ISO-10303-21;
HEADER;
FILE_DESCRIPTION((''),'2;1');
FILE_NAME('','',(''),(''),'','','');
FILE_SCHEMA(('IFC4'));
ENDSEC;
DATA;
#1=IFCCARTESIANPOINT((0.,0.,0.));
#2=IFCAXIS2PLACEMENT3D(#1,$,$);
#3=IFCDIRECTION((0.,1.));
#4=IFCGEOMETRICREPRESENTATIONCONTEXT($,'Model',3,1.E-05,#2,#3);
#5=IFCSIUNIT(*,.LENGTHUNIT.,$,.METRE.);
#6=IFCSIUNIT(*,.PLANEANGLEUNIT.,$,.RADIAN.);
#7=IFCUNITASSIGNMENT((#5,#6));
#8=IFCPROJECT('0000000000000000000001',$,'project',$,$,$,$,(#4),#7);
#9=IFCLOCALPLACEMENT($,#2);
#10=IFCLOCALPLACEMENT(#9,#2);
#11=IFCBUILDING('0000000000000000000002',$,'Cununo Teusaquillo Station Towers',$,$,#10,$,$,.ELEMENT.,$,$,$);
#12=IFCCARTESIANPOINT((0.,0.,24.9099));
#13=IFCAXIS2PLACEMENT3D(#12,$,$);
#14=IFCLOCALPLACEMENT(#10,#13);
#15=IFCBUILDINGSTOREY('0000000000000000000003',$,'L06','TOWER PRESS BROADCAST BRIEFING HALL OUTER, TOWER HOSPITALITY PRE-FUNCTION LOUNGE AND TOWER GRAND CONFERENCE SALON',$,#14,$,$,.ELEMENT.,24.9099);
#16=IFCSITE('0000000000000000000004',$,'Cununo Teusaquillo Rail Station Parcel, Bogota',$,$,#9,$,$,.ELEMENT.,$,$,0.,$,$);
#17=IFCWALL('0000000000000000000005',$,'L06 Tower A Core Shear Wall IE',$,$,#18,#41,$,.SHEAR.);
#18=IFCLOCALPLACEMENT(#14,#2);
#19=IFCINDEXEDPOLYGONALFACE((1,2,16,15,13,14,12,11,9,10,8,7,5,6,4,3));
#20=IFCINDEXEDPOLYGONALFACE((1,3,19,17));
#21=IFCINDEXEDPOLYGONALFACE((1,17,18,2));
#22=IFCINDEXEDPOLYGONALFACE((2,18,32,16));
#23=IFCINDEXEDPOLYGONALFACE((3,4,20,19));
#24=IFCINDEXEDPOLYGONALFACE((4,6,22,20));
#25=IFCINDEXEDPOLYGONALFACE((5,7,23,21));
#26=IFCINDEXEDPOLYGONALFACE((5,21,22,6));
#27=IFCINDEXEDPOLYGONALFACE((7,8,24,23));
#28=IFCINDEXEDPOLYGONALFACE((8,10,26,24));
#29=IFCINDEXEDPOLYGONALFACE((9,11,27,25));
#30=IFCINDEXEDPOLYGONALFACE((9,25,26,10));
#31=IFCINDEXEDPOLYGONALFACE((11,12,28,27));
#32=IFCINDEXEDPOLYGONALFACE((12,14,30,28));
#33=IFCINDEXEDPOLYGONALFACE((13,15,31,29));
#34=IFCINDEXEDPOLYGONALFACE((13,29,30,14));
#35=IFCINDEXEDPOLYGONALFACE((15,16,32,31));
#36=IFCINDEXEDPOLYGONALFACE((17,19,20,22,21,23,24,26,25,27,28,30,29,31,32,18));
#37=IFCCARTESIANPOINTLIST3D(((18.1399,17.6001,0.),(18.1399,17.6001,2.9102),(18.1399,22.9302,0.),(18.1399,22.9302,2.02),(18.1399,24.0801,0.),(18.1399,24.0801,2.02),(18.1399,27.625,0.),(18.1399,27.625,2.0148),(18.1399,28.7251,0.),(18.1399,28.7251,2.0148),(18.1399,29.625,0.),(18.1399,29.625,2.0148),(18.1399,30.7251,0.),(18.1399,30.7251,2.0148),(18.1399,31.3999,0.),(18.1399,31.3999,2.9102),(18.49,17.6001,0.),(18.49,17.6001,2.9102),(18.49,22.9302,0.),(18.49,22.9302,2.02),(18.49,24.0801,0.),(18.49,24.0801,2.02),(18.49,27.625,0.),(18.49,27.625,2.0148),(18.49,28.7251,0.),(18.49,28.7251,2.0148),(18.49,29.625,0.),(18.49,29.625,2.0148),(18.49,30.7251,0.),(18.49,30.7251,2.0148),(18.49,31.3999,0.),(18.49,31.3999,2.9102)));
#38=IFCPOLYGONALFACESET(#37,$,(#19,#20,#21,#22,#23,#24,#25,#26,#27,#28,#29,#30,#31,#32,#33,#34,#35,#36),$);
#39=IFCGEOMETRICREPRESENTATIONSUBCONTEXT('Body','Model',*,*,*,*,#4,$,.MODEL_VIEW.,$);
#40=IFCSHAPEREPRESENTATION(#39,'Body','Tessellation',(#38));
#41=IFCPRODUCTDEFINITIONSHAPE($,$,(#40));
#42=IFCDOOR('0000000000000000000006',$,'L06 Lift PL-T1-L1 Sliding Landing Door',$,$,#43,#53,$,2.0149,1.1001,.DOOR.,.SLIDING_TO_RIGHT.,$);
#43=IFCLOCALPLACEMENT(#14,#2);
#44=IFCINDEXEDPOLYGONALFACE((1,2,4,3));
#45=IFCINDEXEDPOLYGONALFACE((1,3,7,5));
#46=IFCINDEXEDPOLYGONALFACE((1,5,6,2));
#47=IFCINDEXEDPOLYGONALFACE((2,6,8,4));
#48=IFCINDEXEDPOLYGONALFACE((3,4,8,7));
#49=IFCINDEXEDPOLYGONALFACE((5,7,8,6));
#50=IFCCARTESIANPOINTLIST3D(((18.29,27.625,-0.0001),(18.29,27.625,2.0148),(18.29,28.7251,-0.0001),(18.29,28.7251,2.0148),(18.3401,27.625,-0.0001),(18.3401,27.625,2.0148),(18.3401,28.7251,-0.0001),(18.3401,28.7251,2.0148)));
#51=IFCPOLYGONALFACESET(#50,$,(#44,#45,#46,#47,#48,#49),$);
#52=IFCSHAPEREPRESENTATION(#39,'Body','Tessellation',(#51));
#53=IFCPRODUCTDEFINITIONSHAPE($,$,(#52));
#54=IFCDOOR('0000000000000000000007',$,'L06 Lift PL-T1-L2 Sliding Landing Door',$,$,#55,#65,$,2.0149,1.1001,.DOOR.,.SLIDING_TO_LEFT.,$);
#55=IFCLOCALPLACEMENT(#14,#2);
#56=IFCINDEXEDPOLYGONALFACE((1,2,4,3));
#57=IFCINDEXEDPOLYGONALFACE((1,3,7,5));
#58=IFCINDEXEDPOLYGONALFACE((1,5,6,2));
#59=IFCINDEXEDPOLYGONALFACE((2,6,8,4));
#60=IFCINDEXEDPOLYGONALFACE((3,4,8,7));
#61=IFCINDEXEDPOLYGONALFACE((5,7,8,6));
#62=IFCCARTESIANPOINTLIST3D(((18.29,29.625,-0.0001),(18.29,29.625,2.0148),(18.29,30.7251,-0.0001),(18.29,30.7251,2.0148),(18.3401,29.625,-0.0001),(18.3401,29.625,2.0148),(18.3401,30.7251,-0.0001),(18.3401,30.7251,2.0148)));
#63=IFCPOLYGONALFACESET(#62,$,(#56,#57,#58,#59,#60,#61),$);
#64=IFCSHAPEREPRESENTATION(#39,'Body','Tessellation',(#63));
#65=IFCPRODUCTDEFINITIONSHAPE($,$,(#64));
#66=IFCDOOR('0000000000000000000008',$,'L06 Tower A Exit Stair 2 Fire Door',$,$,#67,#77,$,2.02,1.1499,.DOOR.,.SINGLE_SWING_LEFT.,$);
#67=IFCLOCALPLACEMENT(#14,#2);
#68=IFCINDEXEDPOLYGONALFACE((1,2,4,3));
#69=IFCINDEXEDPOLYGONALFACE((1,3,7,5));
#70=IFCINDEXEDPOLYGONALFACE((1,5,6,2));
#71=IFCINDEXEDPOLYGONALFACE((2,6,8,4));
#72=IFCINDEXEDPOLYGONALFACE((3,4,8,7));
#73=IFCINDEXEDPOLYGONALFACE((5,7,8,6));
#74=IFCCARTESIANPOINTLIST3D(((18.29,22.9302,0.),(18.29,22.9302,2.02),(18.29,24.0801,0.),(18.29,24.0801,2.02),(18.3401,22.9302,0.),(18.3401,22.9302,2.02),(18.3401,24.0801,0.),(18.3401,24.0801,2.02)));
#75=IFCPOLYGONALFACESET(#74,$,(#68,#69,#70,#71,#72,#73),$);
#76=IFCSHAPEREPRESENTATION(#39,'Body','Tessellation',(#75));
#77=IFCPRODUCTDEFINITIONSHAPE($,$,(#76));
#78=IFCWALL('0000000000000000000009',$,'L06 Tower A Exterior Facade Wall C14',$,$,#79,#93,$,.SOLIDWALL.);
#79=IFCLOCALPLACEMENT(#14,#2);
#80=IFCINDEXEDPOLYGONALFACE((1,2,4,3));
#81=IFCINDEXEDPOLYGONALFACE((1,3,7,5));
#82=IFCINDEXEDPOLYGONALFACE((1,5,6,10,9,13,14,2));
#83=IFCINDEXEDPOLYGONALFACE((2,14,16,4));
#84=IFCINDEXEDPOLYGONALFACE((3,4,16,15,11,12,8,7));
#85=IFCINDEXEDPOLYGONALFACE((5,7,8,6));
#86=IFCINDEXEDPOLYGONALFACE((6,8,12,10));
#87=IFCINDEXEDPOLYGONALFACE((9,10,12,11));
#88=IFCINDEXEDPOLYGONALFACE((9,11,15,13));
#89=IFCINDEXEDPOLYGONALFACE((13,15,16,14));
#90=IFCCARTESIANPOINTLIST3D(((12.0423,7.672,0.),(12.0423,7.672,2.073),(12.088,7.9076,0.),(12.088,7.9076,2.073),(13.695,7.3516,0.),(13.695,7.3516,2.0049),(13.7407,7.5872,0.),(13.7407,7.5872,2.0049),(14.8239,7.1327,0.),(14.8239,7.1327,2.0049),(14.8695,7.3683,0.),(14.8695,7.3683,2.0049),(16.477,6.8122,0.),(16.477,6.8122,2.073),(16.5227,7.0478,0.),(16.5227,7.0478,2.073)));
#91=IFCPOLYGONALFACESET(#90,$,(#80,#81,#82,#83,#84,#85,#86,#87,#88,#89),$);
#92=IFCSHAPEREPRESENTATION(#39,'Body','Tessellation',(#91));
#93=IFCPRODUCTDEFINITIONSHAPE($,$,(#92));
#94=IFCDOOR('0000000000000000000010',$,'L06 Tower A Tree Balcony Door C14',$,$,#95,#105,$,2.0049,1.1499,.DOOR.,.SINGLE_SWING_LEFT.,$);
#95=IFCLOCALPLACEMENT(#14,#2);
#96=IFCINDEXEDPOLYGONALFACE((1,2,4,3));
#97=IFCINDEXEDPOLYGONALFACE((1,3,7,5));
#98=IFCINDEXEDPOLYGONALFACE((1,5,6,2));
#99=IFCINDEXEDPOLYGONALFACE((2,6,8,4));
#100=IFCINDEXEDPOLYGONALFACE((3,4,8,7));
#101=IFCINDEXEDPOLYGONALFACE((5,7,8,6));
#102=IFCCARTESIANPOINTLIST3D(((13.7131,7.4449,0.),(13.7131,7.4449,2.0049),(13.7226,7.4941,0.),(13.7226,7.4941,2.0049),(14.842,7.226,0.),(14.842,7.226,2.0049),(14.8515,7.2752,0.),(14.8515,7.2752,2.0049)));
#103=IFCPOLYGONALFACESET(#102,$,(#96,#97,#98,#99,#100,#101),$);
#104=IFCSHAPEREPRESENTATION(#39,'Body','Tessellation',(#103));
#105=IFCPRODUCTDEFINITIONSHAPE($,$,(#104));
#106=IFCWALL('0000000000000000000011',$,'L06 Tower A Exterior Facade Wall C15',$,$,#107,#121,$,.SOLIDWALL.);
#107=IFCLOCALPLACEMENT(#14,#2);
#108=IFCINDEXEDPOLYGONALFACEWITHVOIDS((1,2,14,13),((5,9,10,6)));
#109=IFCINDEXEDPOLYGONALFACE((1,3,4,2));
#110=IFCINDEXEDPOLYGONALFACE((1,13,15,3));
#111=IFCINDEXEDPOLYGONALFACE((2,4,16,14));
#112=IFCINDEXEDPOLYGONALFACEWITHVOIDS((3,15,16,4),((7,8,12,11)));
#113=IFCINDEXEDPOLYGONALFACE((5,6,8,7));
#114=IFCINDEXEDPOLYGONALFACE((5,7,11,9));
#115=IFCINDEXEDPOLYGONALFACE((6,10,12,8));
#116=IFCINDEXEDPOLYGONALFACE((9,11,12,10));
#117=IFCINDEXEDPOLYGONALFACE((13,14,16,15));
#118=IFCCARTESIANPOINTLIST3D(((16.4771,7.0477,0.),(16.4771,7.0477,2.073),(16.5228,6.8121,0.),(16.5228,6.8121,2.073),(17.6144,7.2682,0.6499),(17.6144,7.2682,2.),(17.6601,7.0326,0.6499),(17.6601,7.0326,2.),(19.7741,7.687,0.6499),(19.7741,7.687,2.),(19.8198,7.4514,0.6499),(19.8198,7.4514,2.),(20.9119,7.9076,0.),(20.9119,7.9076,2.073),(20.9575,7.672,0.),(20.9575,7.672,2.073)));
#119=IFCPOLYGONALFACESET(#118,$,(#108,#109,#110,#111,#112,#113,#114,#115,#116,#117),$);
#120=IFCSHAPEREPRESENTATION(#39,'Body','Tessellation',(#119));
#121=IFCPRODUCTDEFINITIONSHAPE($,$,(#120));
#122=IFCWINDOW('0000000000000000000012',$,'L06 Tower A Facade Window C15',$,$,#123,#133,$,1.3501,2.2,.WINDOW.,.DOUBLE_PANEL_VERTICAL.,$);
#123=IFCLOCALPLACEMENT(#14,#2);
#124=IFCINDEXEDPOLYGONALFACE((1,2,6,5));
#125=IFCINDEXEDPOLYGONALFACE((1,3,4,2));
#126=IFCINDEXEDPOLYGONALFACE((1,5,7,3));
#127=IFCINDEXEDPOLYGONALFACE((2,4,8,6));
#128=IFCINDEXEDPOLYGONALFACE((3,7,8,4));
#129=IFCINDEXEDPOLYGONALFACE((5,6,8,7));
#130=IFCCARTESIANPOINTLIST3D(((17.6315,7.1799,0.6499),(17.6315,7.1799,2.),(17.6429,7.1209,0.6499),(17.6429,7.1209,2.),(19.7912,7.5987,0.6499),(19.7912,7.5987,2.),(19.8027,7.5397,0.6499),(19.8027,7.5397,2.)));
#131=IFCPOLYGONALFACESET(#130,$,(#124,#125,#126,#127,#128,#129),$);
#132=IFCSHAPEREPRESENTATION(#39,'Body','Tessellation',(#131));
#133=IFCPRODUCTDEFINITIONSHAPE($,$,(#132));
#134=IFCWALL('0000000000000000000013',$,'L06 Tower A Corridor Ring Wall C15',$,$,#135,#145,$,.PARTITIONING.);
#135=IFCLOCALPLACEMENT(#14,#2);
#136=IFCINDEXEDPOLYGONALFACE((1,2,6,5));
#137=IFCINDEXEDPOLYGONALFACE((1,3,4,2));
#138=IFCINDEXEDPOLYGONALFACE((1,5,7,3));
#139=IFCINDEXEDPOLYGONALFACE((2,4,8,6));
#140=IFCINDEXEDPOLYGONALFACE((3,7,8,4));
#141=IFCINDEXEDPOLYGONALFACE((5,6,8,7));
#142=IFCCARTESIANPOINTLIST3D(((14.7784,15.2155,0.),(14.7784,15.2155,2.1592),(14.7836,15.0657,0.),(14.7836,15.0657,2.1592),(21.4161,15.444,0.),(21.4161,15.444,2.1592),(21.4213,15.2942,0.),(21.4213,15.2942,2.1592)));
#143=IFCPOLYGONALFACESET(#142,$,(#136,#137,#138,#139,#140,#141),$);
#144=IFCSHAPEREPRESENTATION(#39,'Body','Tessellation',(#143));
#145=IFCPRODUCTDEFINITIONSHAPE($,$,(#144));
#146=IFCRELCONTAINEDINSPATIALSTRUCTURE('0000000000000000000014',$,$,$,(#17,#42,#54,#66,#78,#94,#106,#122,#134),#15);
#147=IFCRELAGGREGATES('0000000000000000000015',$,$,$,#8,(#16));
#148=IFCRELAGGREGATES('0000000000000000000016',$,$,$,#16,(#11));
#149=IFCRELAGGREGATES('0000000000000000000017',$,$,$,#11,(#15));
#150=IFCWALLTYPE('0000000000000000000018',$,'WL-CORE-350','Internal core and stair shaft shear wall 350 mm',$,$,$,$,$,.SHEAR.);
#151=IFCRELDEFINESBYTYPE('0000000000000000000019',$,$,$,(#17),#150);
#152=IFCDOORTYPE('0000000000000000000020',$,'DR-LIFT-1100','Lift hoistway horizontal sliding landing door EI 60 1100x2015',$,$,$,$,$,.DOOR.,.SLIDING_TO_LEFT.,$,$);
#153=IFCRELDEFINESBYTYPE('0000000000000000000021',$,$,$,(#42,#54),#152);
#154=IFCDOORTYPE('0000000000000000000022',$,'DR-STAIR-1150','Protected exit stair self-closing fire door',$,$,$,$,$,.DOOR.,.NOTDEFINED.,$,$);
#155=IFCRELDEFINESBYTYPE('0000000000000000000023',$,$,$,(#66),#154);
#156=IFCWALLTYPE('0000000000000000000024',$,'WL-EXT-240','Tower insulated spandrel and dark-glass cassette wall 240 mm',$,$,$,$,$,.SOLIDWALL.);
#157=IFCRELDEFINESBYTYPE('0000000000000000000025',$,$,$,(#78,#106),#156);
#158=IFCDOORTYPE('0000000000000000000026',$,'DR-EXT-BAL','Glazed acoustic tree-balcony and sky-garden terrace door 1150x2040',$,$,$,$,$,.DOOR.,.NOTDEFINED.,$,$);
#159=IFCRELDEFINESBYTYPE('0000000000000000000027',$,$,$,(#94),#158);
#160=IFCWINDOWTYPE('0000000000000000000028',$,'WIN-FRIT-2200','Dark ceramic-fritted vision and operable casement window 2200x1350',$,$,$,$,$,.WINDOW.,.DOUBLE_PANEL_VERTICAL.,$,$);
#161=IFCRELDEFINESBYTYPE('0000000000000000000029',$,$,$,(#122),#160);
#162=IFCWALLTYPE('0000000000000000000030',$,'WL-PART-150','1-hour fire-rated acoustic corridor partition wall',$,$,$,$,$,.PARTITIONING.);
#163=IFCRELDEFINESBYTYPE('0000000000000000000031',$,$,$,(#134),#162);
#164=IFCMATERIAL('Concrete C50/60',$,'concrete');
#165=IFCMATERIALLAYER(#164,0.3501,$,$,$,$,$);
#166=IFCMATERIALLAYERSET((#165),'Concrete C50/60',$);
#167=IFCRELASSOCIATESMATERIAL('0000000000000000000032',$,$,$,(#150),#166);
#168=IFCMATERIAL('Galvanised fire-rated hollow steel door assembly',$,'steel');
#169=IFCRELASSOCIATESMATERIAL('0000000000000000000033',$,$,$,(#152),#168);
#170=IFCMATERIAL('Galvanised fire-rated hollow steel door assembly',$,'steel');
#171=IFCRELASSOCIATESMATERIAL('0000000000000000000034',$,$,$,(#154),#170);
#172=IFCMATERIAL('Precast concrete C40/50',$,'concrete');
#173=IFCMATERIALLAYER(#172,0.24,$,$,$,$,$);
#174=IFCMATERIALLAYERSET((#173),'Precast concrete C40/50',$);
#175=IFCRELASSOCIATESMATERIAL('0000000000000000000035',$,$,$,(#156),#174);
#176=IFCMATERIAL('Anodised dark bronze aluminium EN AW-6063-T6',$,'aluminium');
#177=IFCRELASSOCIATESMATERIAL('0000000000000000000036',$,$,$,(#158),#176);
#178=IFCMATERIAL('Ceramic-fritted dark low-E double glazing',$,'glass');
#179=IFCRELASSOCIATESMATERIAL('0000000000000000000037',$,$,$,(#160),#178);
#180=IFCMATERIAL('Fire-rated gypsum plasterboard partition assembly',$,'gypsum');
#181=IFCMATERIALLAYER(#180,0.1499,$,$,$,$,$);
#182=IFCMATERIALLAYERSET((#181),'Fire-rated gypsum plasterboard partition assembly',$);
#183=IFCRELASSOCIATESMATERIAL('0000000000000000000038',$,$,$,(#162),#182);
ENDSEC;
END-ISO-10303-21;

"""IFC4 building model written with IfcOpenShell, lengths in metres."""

from ifc_helpers import new_model, si_unit, direction, frame, frame_2d, origin, place, context, subcontext, project, spatial, rectangle, extrude, source, transform, mapped, material, layer, layer_set, type_object, element, fill, save


model = new_model("IFC4")

# Units and contexts
model_context = context("Model", 3, precision=1e-05, world=origin(), true_north=direction((0.0, 1.0)))
body_context = subcontext(model_context, "Body", "Model", "MODEL_VIEW")
ifc_project = project(units=[si_unit("LENGTHUNIT", "METRE"), si_unit("PLANEANGLEUNIT", "RADIAN")], contexts=[model_context])

# Site, building, storey
site_placement = place(None, origin())
site = spatial("IfcSite", under=ifc_project, at=site_placement, Name="Cununo Teusaquillo Rail Station Parcel, Bogota", CompositionType="ELEMENT", RefElevation=0.0)
building_placement = place(site_placement, origin())
building = spatial("IfcBuilding", under=site, at=building_placement, Name="Cununo Teusaquillo Station Towers", CompositionType="ELEMENT")
storey_placement = place(building_placement, frame((0.0, 0.0, 24.9099)))
storey = spatial("IfcBuildingStorey", under=building, at=storey_placement, Name="L06", Description="TOWER PRESS BROADCAST BRIEFING HALL OUTER, TOWER HOSPITALITY PRE-FUNCTION LOUNGE AND TOWER GRAND CONFERENCE SALON", CompositionType="ELEMENT", Elevation=24.9099)

# Wall, openings, doors
ifc_material_1 = material(Name="Concrete C50/60", Category="concrete")
ifc_layer_1 = layer(ifc_material_1, 0.3501)
ifc_layer_set_1 = layer_set([ifc_layer_1], Name="Concrete C50/60")
wall_type_1 = type_object("IfcWallType", Name="WL-CORE-350", Description="Internal core and stair shaft shear wall 350 mm", PredefinedType="SHEAR", material=ifc_layer_set_1)
shared_shape_1 = source(origin(), body_context, "Body", "SweptSolid", [
    extrude(rectangle(XDim=1.1001, YDim=2.0149, at=frame_2d((0.55, 1.0073))), frame((0.0, 0.1851, 0.0), z_axis=(0.0, -1.0, 0.0), x_axis=(1.0, 0.0, 0.0)), (0.0, 0.0, 1.0), 0.3701),
])
shared_shape_2 = source(origin(), body_context, "Body", "SweptSolid", [
    extrude(rectangle(XDim=1.1499, YDim=2.02, at=frame_2d((0.575, 1.01))), frame((0.0, 0.1851, 0.0), z_axis=(0.0, -1.0, 0.0), x_axis=(1.0, 0.0, 0.0)), (0.0, 0.0, 1.0), 0.3701),
])
ifc_material_2 = material(Name="Galvanised fire-rated hollow steel door assembly", Category="steel")
door_type_1 = type_object("IfcDoorType", Name="DR-LIFT-1100", Description="Lift hoistway horizontal sliding landing door EI 60 1100x2015", OperationType="SLIDING_TO_LEFT", PredefinedType="DOOR", material=ifc_material_2)
shared_shape_3 = source(origin(), body_context, "Body", "SweptSolid", [
    extrude(rectangle(XDim=1.1001, YDim=2.0149, at=frame_2d((0.55, 1.0073))), frame((0.0, 0.0249, 0.0), z_axis=(0.0, -1.0, 0.0), x_axis=(1.0, 0.0, 0.0)), (0.0, 0.0, 1.0), 0.05),
])
ifc_material_3 = material(Name="Galvanised fire-rated hollow steel door assembly", Category="steel")
door_type_2 = type_object("IfcDoorType", Name="DR-STAIR-1150", Description="Protected exit stair self-closing fire door", OperationType="NOTDEFINED", PredefinedType="DOOR", material=ifc_material_3)
shared_shape_4 = source(origin(), body_context, "Body", "SweptSolid", [
    extrude(rectangle(XDim=1.1499, YDim=2.02, at=frame_2d((0.575, 1.01))), frame((0.0, 0.0249, 0.0), z_axis=(0.0, -1.0, 0.0), x_axis=(1.0, 0.0, 0.0)), (0.0, 0.0, 1.0), 0.05),
])
wall_1_placement = place(storey_placement, frame((18.3149, 17.6001, 0.0), z_axis=(0.0, 0.0, 1.0), x_axis=(0.0, 1.0, 0.0)))
wall_1 = element("IfcWall", 1, at=wall_1_placement, inside=storey, type_object=wall_type_1, Name="L06 Tower A Core Shear Wall IE", PredefinedType="SHEAR", context=body_context, shape_type="SweptSolid", body=[
    extrude(rectangle(XDim=13.7998, YDim=0.3501, at=frame_2d((6.8999, 0.0))), origin(), (0.0, 0.0, 1.0), 2.9102),
])
opening_1_placement = place(wall_1_placement, frame((10.0249, 0.0, 0.0)))
opening_1 = element("IfcOpeningElement", 2, at=opening_1_placement, cuts=wall_1, PredefinedType="OPENING", context=body_context, shape_type="MappedRepresentation", body=[
    mapped(shared_shape_1, transform((0.0, 0.0, 0.0), x_axis=(1.0, 0.0, 0.0), y_axis=(0.0, 1.0, 0.0), z_axis=(0.0, 0.0, 1.0), scale=1.0)),
])
opening_2_placement = place(wall_1_placement, frame((12.0249, 0.0, 0.0)))
opening_2 = element("IfcOpeningElement", 3, at=opening_2_placement, cuts=wall_1, PredefinedType="OPENING", context=body_context, shape_type="MappedRepresentation", body=[
    mapped(shared_shape_1, transform((0.0, 0.0, 0.0), x_axis=(1.0, 0.0, 0.0), y_axis=(0.0, 1.0, 0.0), z_axis=(0.0, 0.0, 1.0), scale=1.0)),
])
opening_3_placement = place(wall_1_placement, frame((5.3301, 0.0, 0.0)))
opening_3 = element("IfcOpeningElement", 4, at=opening_3_placement, cuts=wall_1, PredefinedType="OPENING", context=body_context, shape_type="MappedRepresentation", body=[
    mapped(shared_shape_2, transform((0.0, 0.0, 0.0), x_axis=(1.0, 0.0, 0.0), y_axis=(0.0, 1.0, 0.0), z_axis=(0.0, 0.0, 1.0), scale=1.0)),
])
door_1_placement = place(opening_1_placement, origin())
door_1 = element("IfcDoor", 5, at=door_1_placement, inside=storey, type_object=door_type_1, Name="L06 Lift PL-T1-L1 Sliding Landing Door", OperationType="SLIDING_TO_RIGHT", OverallHeight=2.0149, OverallWidth=1.1001, PredefinedType="DOOR", context=body_context, shape_type="MappedRepresentation", body=[
    mapped(shared_shape_3, transform((0.0, 0.0, 0.0), x_axis=(1.0, 0.0, 0.0), y_axis=(0.0, 1.0, 0.0), z_axis=(0.0, 0.0, 1.0), scale=1.0)),
])
fill(opening_1, door_1)
door_2_placement = place(opening_2_placement, origin())
door_2 = element("IfcDoor", 6, at=door_2_placement, inside=storey, type_object=door_type_1, Name="L06 Lift PL-T1-L2 Sliding Landing Door", OperationType="SLIDING_TO_LEFT", OverallHeight=2.0149, OverallWidth=1.1001, PredefinedType="DOOR", context=body_context, shape_type="MappedRepresentation", body=[
    mapped(shared_shape_3, transform((0.0, 0.0, 0.0), x_axis=(1.0, 0.0, 0.0), y_axis=(0.0, 1.0, 0.0), z_axis=(0.0, 0.0, 1.0), scale=1.0)),
])
fill(opening_2, door_2)
door_3_placement = place(opening_3_placement, origin())
door_3 = element("IfcDoor", 7, at=door_3_placement, inside=storey, type_object=door_type_2, Name="L06 Tower A Exit Stair 2 Fire Door", OperationType="SINGLE_SWING_LEFT", OverallHeight=2.02, OverallWidth=1.1499, PredefinedType="DOOR", context=body_context, shape_type="MappedRepresentation", body=[
    mapped(shared_shape_4, transform((0.0, 0.0, 0.0), x_axis=(1.0, 0.0, 0.0), y_axis=(0.0, 1.0, 0.0), z_axis=(0.0, 0.0, 1.0), scale=1.0)),
])
fill(opening_3, door_3)

# Wall, opening, door
ifc_material_4 = material(Name="Precast concrete C40/50", Category="concrete")
ifc_layer_2 = layer(ifc_material_4, 0.24)
ifc_layer_set_2 = layer_set([ifc_layer_2], Name="Precast concrete C40/50")
wall_type_2 = type_object("IfcWallType", Name="WL-EXT-240", Description="Tower insulated spandrel and dark-glass cassette wall 240 mm", PredefinedType="SOLIDWALL", material=ifc_layer_set_2)
wall_2_placement = place(storey_placement, frame((16.5, 6.9299, 0.0), z_axis=(0.0, 0.0, 1.0), x_axis=(-0.981717, 0.190345, 0.0)))
wall_2 = element("IfcWall", 8, at=wall_2_placement, inside=storey, type_object=wall_type_2, Name="L06 Tower A Exterior Facade Wall C14", PredefinedType="SOLIDWALL", context=body_context, shape_type="SweptSolid", body=[
    extrude(rectangle(XDim=4.5173, YDim=0.24, at=frame_2d((2.2588, 0.0))), origin(), (0.0, 0.0, 1.0), 2.073),
])
shared_shape_5 = source(origin(), body_context, "Body", "SweptSolid", [
    extrude(rectangle(XDim=1.1499, YDim=2.0049, at=frame_2d((0.575, 1.0024))), frame((0.0, 0.1299, 0.0), z_axis=(0.0, -1.0, 0.0), x_axis=(1.0, 0.0, 0.0)), (0.0, 0.0, 1.0), 0.26),
])
opening_4_placement = place(wall_2_placement, frame((1.6841, 0.0, 0.0)))
opening_4 = element("IfcOpeningElement", 9, at=opening_4_placement, cuts=wall_2, PredefinedType="OPENING", context=body_context, shape_type="MappedRepresentation", body=[
    mapped(shared_shape_5, transform((0.0, 0.0, 0.0), x_axis=(1.0, 0.0, 0.0), y_axis=(0.0, 1.0, 0.0), z_axis=(0.0, 0.0, 1.0), scale=1.0)),
])
ifc_material_5 = material(Name="Anodised dark bronze aluminium EN AW-6063-T6", Category="aluminium")
door_type_3 = type_object("IfcDoorType", Name="DR-EXT-BAL", Description="Glazed acoustic tree-balcony and sky-garden terrace door 1150x2040", OperationType="NOTDEFINED", PredefinedType="DOOR", material=ifc_material_5)
shared_shape_6 = source(origin(), body_context, "Body", "SweptSolid", [
    extrude(rectangle(XDim=1.1499, YDim=2.0049, at=frame_2d((0.575, 1.0024))), frame((0.0, 0.0249, 0.0), z_axis=(0.0, -1.0, 0.0), x_axis=(1.0, 0.0, 0.0)), (0.0, 0.0, 1.0), 0.05),
])
door_4_placement = place(opening_4_placement, origin())
door_4 = element("IfcDoor", 10, at=door_4_placement, inside=storey, type_object=door_type_3, Name="L06 Tower A Tree Balcony Door C14", OperationType="SINGLE_SWING_LEFT", OverallHeight=2.0049, OverallWidth=1.1499, PredefinedType="DOOR", context=body_context, shape_type="MappedRepresentation", body=[
    mapped(shared_shape_6, transform((0.0, 0.0, 0.0), x_axis=(1.0, 0.0, 0.0), y_axis=(0.0, 1.0, 0.0), z_axis=(0.0, 0.0, 1.0), scale=1.0)),
])
fill(opening_4, door_4)

# Wall, opening, window
wall_3_placement = place(storey_placement, frame((20.9348, 7.7898, 0.0), z_axis=(0.0, 0.0, 1.0), x_axis=(-0.981717, -0.190345, 0.0)))
wall_3 = element("IfcWall", 11, at=wall_3_placement, inside=storey, type_object=wall_type_2, Name="L06 Tower A Exterior Facade Wall C15", PredefinedType="SOLIDWALL", context=body_context, shape_type="SweptSolid", body=[
    extrude(rectangle(XDim=4.5173, YDim=0.24, at=frame_2d((2.2588, 0.0))), origin(), (0.0, 0.0, 1.0), 2.073),
])
shared_shape_7 = source(origin(), body_context, "Body", "SweptSolid", [
    extrude(rectangle(XDim=2.2, YDim=1.3501, at=frame_2d((1.1001, 0.675))), frame((0.0, 0.1299, 0.0), z_axis=(0.0, -1.0, 0.0), x_axis=(1.0, 0.0, 0.0)), (0.0, 0.0, 1.0), 0.26),
])
opening_5_placement = place(wall_3_placement, frame((1.1589, 0.0, 0.6499)))
opening_5 = element("IfcOpeningElement", 12, at=opening_5_placement, cuts=wall_3, PredefinedType="OPENING", context=body_context, shape_type="MappedRepresentation", body=[
    mapped(shared_shape_7, transform((0.0, 0.0, 0.0), x_axis=(1.0, 0.0, 0.0), y_axis=(0.0, 1.0, 0.0), z_axis=(0.0, 0.0, 1.0), scale=1.0)),
])
ifc_material_6 = material(Name="Ceramic-fritted dark low-E double glazing", Category="glass")
window_type = type_object("IfcWindowType", Name="WIN-FRIT-2200", Description="Dark ceramic-fritted vision and operable casement window 2200x1350", PartitioningType="DOUBLE_PANEL_VERTICAL", PredefinedType="WINDOW", material=ifc_material_6)
shared_shape_8 = source(origin(), body_context, "Body", "SweptSolid", [
    extrude(rectangle(XDim=2.2, YDim=1.3501, at=frame_2d((1.1001, 0.675))), frame((0.0, 0.03, 0.0), z_axis=(0.0, -1.0, 0.0), x_axis=(1.0, 0.0, 0.0)), (0.0, 0.0, 1.0), 0.0601),
])
window_placement = place(opening_5_placement, origin())
window = element("IfcWindow", 13, at=window_placement, inside=storey, type_object=window_type, Name="L06 Tower A Facade Window C15", OverallHeight=1.3501, OverallWidth=2.2, PartitioningType="DOUBLE_PANEL_VERTICAL", PredefinedType="WINDOW", context=body_context, shape_type="MappedRepresentation", body=[
    mapped(shared_shape_8, transform((0.0, 0.0, 0.0), x_axis=(1.0, 0.0, 0.0), y_axis=(0.0, 1.0, 0.0), z_axis=(0.0, 0.0, 1.0), scale=1.0)),
])
fill(opening_5, window)

# Wall
ifc_material_7 = material(Name="Fire-rated gypsum plasterboard partition assembly", Category="gypsum")
ifc_layer_3 = layer(ifc_material_7, 0.1499)
ifc_layer_set_3 = layer_set([ifc_layer_3], Name="Fire-rated gypsum plasterboard partition assembly")
wall_type_3 = type_object("IfcWallType", Name="WL-PART-150", Description="1-hour fire-rated acoustic corridor partition wall", PredefinedType="PARTITIONING", material=ifc_layer_set_3)
wall_4_placement = place(storey_placement, frame((14.781, 15.1406, 0.0), z_axis=(0.0, 0.0, 1.0), x_axis=(0.999408, 0.034407, 0.0)))
element("IfcWall", 14, at=wall_4_placement, inside=storey, type_object=wall_type_3, Name="L06 Tower A Corridor Ring Wall C15", PredefinedType="PARTITIONING", context=body_context, shape_type="SweptSolid", body=[
    extrude(rectangle(XDim=6.6416, YDim=0.1499, at=frame_2d((3.3208, 0.0))), origin(), (0.0, 0.0, 1.0), 2.1592),
])

save(model, "model.ifc")
